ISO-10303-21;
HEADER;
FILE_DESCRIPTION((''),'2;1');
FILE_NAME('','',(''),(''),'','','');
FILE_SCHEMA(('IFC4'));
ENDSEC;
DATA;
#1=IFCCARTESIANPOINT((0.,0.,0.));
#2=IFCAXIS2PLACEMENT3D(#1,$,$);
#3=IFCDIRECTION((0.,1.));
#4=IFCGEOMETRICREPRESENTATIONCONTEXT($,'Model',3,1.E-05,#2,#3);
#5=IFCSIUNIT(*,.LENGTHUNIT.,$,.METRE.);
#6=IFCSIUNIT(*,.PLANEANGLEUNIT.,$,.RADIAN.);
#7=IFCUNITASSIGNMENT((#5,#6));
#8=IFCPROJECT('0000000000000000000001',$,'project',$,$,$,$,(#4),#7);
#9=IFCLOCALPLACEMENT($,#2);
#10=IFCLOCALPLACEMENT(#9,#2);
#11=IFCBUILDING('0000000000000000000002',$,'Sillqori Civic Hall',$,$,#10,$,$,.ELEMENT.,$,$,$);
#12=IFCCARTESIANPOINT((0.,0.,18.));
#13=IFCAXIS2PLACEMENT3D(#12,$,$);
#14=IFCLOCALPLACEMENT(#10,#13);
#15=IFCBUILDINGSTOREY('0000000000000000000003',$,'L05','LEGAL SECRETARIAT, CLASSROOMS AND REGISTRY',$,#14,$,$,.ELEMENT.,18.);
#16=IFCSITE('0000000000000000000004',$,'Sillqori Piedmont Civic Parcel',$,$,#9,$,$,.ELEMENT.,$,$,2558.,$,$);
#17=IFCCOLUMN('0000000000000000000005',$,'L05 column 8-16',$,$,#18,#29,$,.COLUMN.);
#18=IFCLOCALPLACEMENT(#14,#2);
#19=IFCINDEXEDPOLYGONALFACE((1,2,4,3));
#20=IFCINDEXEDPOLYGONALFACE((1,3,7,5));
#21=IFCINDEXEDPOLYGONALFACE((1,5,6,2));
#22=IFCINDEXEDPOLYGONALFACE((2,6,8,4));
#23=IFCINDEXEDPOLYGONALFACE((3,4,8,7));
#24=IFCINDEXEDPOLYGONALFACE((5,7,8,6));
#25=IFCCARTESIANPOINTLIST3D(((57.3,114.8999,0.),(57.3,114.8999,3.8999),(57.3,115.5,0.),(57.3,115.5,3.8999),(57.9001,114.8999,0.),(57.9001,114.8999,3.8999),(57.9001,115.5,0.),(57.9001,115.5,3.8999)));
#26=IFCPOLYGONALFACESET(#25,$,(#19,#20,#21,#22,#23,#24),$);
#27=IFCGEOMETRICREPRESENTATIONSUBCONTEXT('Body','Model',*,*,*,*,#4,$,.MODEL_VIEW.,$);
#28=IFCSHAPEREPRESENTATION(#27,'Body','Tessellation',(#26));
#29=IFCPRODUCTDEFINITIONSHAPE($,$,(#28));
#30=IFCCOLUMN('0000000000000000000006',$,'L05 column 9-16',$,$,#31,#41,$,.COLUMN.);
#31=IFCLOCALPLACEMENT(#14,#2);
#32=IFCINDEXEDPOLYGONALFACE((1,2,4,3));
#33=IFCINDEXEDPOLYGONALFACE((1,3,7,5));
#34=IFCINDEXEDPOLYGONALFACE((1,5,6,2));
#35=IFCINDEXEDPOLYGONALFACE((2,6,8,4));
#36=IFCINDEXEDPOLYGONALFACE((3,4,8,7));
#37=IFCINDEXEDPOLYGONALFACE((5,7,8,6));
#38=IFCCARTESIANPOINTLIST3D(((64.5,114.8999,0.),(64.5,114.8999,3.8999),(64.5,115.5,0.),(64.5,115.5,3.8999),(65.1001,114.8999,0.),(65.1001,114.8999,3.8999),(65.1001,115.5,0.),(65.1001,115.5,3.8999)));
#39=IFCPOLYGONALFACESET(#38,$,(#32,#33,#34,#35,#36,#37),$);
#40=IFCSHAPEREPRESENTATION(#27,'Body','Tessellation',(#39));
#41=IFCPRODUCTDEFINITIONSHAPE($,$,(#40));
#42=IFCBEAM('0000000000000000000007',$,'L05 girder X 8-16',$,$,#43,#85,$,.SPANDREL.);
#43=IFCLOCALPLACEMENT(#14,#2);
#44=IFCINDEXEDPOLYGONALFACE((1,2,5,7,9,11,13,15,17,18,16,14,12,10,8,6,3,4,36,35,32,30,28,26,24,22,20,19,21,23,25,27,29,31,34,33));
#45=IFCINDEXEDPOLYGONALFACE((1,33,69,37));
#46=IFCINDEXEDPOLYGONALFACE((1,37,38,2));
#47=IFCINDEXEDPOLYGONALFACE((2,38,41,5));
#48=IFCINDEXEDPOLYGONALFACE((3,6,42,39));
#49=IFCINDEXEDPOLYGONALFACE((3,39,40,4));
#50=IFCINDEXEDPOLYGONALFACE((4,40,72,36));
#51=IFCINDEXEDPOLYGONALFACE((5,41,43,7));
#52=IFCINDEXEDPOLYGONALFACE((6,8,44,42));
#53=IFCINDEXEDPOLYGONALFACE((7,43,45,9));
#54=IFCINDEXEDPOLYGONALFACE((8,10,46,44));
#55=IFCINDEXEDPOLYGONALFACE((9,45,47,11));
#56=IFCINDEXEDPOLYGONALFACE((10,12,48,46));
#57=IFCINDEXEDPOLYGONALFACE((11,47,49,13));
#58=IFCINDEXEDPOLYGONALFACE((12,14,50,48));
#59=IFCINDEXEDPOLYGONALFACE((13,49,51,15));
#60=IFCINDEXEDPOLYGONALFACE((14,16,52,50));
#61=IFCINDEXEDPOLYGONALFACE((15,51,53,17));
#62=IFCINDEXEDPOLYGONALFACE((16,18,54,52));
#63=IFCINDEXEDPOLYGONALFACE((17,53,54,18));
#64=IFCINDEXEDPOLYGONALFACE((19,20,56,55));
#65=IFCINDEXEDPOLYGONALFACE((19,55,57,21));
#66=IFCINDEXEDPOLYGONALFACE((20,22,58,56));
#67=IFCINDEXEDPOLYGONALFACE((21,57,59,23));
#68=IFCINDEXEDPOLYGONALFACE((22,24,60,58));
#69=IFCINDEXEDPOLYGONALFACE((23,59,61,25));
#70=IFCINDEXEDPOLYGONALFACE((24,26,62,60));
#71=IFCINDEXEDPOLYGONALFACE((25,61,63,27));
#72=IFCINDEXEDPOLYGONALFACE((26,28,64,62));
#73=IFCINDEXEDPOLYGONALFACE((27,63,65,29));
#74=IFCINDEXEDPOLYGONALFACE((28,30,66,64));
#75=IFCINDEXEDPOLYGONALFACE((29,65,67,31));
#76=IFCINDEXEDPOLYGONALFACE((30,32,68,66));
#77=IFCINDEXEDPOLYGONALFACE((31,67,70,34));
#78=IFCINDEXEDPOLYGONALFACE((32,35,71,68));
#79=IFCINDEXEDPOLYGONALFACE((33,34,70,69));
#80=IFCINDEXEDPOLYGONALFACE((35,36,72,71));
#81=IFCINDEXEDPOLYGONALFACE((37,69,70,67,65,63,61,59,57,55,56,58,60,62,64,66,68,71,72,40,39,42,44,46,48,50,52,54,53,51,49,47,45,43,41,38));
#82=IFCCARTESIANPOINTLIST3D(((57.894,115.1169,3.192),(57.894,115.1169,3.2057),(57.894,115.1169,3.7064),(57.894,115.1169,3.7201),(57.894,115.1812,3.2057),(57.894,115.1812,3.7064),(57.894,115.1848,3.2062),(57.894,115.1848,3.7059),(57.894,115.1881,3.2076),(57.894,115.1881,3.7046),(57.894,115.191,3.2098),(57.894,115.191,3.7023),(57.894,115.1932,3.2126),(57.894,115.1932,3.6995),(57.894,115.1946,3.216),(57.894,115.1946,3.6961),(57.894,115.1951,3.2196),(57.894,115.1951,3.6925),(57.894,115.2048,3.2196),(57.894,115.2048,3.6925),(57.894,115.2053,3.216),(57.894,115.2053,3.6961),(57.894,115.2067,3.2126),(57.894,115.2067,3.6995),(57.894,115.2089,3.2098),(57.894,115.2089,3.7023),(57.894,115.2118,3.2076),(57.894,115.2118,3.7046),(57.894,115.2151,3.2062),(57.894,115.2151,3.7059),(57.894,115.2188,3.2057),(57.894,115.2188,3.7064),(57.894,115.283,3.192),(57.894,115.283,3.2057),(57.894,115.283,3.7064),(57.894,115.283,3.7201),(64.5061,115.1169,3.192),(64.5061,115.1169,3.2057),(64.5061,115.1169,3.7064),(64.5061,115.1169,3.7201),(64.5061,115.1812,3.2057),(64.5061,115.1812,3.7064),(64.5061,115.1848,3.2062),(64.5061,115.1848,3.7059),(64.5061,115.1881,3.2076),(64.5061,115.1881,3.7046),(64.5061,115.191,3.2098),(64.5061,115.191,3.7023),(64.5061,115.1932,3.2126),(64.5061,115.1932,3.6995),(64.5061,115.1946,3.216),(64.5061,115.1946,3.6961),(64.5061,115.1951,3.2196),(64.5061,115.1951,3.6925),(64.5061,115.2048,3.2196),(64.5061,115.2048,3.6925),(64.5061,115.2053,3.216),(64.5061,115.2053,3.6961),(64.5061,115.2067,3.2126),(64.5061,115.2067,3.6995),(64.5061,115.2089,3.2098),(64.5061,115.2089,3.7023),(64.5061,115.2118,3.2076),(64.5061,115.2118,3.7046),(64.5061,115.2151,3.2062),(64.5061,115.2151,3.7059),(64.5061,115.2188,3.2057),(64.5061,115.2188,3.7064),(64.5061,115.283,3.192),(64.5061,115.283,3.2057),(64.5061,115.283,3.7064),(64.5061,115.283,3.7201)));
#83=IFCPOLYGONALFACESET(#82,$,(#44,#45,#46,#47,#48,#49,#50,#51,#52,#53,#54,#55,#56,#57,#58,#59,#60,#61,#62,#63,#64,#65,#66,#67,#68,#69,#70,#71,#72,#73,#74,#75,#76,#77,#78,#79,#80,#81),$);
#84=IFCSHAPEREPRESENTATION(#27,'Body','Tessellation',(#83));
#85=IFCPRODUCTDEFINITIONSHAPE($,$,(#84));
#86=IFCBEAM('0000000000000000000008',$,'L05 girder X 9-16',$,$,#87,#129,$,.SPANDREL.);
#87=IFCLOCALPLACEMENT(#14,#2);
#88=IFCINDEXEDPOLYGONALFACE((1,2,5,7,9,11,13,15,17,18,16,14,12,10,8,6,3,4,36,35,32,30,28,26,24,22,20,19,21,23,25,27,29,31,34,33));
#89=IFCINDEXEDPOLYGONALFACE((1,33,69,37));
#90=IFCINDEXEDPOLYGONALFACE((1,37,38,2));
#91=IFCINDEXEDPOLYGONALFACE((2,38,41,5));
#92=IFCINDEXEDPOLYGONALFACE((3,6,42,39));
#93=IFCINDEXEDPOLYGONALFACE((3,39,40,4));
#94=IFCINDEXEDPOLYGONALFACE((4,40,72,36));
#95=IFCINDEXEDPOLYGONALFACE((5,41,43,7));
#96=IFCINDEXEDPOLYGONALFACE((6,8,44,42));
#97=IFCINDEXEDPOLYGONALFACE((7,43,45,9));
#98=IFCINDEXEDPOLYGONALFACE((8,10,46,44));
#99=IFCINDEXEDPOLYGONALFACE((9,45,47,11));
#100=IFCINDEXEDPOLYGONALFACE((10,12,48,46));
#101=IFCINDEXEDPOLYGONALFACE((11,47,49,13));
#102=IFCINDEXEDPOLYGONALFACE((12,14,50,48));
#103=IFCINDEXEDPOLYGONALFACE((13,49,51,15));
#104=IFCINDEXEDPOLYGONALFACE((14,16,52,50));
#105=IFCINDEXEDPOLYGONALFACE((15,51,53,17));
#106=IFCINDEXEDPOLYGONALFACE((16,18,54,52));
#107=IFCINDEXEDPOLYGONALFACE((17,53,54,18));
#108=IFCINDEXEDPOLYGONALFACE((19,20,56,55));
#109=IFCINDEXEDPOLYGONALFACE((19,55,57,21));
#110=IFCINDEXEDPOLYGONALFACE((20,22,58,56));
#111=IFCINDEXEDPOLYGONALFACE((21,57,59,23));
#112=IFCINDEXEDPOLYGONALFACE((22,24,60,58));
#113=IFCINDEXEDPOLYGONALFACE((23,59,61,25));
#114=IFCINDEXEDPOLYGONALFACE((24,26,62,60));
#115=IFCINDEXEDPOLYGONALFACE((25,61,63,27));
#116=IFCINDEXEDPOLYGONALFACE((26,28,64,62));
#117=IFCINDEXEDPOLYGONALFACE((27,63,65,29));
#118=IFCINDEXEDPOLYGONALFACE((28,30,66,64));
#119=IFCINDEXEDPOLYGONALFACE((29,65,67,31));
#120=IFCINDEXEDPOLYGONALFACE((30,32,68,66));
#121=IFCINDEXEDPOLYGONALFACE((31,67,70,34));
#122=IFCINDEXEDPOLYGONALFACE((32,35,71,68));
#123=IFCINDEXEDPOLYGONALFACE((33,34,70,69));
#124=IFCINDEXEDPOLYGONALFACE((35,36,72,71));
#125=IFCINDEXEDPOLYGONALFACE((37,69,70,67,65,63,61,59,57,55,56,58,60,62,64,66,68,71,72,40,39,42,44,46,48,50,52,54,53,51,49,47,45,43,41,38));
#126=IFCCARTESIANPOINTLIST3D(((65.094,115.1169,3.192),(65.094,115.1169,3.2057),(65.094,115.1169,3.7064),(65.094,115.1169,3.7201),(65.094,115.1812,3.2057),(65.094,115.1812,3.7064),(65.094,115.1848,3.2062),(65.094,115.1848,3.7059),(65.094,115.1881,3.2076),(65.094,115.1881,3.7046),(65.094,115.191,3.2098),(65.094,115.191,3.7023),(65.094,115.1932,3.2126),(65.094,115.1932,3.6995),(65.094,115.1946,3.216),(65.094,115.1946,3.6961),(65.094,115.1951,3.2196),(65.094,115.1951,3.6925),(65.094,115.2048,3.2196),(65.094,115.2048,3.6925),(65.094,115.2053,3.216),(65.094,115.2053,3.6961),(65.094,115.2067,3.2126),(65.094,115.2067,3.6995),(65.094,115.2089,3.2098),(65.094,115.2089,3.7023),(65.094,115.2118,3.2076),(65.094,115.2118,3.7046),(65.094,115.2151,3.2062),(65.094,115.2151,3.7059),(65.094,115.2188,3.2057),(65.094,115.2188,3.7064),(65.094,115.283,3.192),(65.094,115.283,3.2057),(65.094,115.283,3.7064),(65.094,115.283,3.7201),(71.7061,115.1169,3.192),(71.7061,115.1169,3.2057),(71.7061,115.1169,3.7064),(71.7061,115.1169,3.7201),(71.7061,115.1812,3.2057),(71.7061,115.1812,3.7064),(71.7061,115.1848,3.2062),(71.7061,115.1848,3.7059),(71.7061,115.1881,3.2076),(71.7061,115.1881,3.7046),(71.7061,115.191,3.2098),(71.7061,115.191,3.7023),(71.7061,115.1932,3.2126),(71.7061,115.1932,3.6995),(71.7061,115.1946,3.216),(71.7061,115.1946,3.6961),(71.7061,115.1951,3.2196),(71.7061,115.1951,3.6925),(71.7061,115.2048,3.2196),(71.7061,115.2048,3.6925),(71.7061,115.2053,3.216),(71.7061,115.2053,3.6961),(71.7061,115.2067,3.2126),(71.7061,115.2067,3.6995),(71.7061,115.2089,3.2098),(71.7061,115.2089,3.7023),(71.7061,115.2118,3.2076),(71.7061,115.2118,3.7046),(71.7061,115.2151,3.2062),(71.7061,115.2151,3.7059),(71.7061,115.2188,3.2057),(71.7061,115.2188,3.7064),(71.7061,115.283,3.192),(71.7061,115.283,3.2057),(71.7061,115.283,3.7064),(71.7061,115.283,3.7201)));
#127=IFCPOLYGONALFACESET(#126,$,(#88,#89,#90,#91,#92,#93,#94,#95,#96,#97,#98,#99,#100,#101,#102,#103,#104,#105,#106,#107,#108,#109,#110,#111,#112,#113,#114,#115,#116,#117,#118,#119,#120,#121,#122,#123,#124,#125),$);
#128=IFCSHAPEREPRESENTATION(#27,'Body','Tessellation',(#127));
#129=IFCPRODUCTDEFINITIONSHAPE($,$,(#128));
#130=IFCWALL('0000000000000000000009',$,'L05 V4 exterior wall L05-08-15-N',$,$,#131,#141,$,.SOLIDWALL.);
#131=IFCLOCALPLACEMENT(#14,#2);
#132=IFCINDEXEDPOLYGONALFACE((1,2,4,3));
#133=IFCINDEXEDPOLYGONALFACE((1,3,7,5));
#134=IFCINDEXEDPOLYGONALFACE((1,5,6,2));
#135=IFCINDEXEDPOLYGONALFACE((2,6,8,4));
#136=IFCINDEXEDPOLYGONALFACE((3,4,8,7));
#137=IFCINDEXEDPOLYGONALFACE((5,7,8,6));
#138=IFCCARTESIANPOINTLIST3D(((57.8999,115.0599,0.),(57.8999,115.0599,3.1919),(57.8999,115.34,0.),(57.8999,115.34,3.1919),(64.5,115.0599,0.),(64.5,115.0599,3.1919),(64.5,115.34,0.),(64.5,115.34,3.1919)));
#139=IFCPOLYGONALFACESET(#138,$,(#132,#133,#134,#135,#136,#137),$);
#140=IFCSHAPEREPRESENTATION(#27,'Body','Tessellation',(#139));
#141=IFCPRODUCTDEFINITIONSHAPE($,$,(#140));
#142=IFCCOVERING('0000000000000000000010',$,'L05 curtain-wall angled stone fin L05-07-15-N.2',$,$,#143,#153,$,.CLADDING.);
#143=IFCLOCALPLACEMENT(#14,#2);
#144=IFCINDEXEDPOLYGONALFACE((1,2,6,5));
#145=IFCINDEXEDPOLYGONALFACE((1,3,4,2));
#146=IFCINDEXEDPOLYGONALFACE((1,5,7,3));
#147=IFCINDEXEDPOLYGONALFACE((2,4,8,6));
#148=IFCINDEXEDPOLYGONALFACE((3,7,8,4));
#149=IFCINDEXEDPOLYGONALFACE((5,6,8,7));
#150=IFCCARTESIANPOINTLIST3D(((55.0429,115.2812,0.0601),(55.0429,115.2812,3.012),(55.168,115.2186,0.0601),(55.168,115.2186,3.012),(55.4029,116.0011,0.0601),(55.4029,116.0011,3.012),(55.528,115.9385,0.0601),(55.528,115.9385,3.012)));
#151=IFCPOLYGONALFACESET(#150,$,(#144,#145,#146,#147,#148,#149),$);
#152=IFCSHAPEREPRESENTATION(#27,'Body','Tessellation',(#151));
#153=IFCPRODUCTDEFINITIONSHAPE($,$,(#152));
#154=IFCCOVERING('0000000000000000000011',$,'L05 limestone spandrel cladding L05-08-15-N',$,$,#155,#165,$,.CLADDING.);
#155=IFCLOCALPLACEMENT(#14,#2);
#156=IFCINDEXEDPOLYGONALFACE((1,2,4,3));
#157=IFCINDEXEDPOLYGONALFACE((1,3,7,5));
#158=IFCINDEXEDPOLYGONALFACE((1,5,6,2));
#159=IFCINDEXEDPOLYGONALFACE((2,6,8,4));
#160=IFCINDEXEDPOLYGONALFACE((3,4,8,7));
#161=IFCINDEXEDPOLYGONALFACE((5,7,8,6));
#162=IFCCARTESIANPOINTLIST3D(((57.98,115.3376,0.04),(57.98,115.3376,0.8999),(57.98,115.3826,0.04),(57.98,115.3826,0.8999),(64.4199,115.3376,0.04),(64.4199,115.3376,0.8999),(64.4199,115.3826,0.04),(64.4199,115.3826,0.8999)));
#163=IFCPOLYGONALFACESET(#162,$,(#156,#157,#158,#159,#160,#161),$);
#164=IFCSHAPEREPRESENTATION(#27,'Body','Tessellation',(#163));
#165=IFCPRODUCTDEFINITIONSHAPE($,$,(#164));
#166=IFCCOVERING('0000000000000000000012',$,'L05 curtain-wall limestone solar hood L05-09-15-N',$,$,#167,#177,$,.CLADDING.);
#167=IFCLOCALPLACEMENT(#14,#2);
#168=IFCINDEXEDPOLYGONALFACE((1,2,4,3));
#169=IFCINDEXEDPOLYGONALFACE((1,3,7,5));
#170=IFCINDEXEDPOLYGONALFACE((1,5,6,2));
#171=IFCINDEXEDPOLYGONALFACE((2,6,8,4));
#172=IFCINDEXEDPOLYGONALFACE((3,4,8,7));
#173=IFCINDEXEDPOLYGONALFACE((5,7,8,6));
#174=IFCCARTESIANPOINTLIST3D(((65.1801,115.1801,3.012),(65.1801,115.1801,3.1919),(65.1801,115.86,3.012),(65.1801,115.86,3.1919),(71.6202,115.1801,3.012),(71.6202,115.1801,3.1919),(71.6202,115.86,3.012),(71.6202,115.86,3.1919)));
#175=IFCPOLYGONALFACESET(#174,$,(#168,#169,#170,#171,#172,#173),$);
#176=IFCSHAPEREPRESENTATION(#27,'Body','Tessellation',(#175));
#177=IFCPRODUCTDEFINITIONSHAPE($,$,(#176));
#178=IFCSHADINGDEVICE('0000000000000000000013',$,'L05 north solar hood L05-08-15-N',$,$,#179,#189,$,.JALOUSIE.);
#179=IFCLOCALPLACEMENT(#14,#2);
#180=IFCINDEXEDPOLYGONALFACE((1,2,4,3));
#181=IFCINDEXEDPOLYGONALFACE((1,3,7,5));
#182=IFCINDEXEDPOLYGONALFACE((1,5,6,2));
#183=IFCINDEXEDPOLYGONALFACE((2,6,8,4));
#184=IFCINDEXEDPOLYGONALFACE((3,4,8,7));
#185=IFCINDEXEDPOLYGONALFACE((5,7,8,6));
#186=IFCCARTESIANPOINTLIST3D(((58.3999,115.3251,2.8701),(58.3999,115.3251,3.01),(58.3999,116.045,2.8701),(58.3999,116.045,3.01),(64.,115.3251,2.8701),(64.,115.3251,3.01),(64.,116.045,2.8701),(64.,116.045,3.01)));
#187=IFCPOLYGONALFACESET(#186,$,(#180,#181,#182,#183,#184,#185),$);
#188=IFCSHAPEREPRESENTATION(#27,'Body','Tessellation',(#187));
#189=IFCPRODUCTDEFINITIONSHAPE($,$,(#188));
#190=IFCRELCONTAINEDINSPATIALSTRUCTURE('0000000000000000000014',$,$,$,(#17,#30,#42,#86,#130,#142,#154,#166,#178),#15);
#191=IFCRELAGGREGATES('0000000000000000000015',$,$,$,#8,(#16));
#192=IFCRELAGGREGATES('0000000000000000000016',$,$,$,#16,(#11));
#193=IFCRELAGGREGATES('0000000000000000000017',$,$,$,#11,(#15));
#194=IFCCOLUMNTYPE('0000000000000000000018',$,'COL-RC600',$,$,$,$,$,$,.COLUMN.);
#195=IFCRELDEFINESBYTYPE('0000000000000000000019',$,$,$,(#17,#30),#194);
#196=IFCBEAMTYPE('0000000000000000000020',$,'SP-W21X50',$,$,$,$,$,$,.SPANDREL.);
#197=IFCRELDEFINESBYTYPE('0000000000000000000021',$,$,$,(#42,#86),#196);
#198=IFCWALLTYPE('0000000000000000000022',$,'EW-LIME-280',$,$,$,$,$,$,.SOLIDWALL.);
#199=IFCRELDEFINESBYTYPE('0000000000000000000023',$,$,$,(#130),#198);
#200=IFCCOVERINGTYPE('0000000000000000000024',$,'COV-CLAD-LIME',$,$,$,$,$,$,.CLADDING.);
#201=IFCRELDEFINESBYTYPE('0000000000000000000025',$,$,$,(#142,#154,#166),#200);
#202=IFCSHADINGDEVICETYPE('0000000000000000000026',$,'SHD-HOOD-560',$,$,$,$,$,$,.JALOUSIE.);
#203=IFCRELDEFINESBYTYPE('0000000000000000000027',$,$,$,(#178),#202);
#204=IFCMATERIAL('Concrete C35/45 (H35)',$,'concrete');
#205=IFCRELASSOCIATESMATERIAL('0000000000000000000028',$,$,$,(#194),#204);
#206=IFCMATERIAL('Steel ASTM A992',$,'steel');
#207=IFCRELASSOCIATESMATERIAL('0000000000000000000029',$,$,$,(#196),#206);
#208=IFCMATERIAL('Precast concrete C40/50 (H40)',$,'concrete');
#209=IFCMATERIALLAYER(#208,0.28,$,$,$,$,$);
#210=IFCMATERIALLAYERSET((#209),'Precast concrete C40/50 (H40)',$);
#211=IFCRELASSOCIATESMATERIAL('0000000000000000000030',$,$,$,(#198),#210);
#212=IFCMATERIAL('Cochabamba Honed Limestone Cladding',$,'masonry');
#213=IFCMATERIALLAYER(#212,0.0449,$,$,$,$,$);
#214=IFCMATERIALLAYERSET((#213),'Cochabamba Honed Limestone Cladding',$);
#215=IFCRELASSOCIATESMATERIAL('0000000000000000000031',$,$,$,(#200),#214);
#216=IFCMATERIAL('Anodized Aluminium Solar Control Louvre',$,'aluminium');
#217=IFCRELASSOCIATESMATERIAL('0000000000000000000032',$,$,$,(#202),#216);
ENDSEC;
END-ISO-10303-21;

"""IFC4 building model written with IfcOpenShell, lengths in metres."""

from ifc_helpers import new_model, si_unit, direction, frame, frame_2d, origin, origin_2d, place, context, subcontext, project, spatial, rectangle, i_section, extrude, material, layer, layer_set, material_profile, profile_set, type_object, element, save


model = new_model("IFC4")

# Units and contexts
model_context = context("Model", 3, precision=1e-05, world=origin(), true_north=direction((0.0, 1.0)))
body_context = subcontext(model_context, "Body", "Model", "MODEL_VIEW")
ifc_project = project(units=[si_unit("LENGTHUNIT", "METRE"), si_unit("PLANEANGLEUNIT", "RADIAN")], contexts=[model_context])

# Site, building, storey
site_placement = place(None, origin())
site = spatial("IfcSite", under=ifc_project, at=site_placement, Name="Sillqori Piedmont Civic Parcel", CompositionType="ELEMENT", RefElevation=2558.0)
building_placement = place(site_placement, origin())
building = spatial("IfcBuilding", under=site, at=building_placement, Name="Sillqori Civic Hall", CompositionType="ELEMENT")
storey_placement = place(building_placement, frame((0.0, 0.0, 18.0)))
storey = spatial("IfcBuildingStorey", under=building, at=storey_placement, Name="L05", Description="LEGAL SECRETARIAT, CLASSROOMS AND REGISTRY", CompositionType="ELEMENT", Elevation=18.0)

# Columns
ifc_material_1 = material(Name="Concrete C35/45 (H35)", Category="concrete")
ifc_material_profile_1 = material_profile(ifc_material_1, rectangle(XDim=0.6001, YDim=0.6001, at=origin_2d()), Name="RC 600x600")
ifc_profile_set_1 = profile_set([ifc_material_profile_1], Name="Concrete C35/45 (H35)")
column_type = type_object("IfcColumnType", Name="COL-RC600", PredefinedType="COLUMN", material=ifc_profile_set_1)
for number, where, z_axis, x_axis, name in (
    (1, (57.6001, 115.2, 0.0), (0.0, 0.0, 1.0), (1.0, 0.0, 0.0), "L05 column 8-16"),
    (2, (64.8, 115.2, 0.0), (0.0, 0.0, 1.0), (1.0, 0.0, 0.0), "L05 column 9-16"),
):
    element("IfcColumn", number, at=place(storey_placement, frame(where, z_axis=z_axis, x_axis=x_axis)), inside=storey, type_object=column_type, Name=name, PredefinedType="COLUMN", context=body_context, shape_type="SweptSolid", body=[
        extrude(rectangle(XDim=0.6001, YDim=0.6001, at=origin_2d()), origin(), (0.0, 0.0, 1.0), 3.8999),
    ])

# Beams
ifc_material_2 = material(Name="Steel ASTM A992", Category="steel")
ifc_material_profile_2 = material_profile(ifc_material_2, i_section(OverallWidth=0.166, OverallDepth=0.5281, WebThickness=0.0098, FlangeThickness=0.0137, FilletRadius=0.0139, at=origin_2d()), Name="W21X50")
ifc_profile_set_2 = profile_set([ifc_material_profile_2], Name="Steel ASTM A992")
beam_type = type_object("IfcBeamType", Name="SP-W21X50", PredefinedType="SPANDREL", material=ifc_profile_set_2)
for number, where, z_axis, x_axis, name in (
    (3, (57.894, 115.2, 3.4561), (1.0, 0.0, 0.0), (0.0, 1.0, 0.0), "L05 girder X 8-16"),
    (4, (65.094, 115.2, 3.4561), (1.0, 0.0, 0.0), (0.0, 1.0, 0.0), "L05 girder X 9-16"),
):
    element("IfcBeam", number, at=place(storey_placement, frame(where, z_axis=z_axis, x_axis=x_axis)), inside=storey, type_object=beam_type, Name=name, PredefinedType="SPANDREL", context=body_context, shape_type="SweptSolid", body=[
        extrude(i_section(OverallWidth=0.166, OverallDepth=0.5281, WebThickness=0.0098, FlangeThickness=0.0137, FilletRadius=0.0139, at=origin_2d()), origin(), (0.0, 0.0, 1.0), 6.6121),
    ])

# Wall
ifc_material_3 = material(Name="Precast concrete C40/50 (H40)", Category="concrete")
ifc_layer_1 = layer(ifc_material_3, 0.28)
ifc_layer_set_1 = layer_set([ifc_layer_1], Name="Precast concrete C40/50 (H40)")
wall_type = type_object("IfcWallType", Name="EW-LIME-280", PredefinedType="SOLIDWALL", material=ifc_layer_set_1)
wall_placement = place(storey_placement, frame((57.8999, 115.2, 0.0), z_axis=(0.0, 0.0, 1.0), x_axis=(1.0, 0.0, 0.0)))
element("IfcWall", 5, at=wall_placement, inside=storey, type_object=wall_type, Name="L05 V4 exterior wall L05-08-15-N", PredefinedType="SOLIDWALL", context=body_context, shape_type="SweptSolid", body=[
    extrude(rectangle(XDim=6.6001, YDim=0.28, at=frame_2d((3.3, 0.0))), origin(), (0.0, 0.0, 1.0), 3.1919),
])

# Coverings
ifc_material_4 = material(Name="Cochabamba Honed Limestone Cladding", Category="masonry")
ifc_layer_2 = layer(ifc_material_4, 0.0449)
ifc_layer_set_2 = layer_set([ifc_layer_2], Name="Cochabamba Honed Limestone Cladding")
covering_type = type_object("IfcCoveringType", Name="COV-CLAD-LIME", PredefinedType="CLADDING", material=ifc_layer_set_2)
covering_1_placement = place(storey_placement, frame((55.1055, 115.25, 0.0601), z_axis=(0.0, 0.0, 1.0), x_axis=(0.447335, 0.894367, 0.0)))
element("IfcCovering", 6, at=covering_1_placement, inside=storey, type_object=covering_type, Name="L05 curtain-wall angled stone fin L05-07-15-N.2", PredefinedType="CLADDING", context=body_context, shape_type="SweptSolid", body=[
    extrude(rectangle(XDim=0.8049, YDim=0.1399, at=frame_2d((0.4023, 0.0))), origin(), (0.0, 0.0, 1.0), 2.9519),
])
covering_2_placement = place(storey_placement, frame((57.98, 115.3601, 0.04), z_axis=(0.0, 0.0, 1.0), x_axis=(1.0, 0.0, 0.0)))
element("IfcCovering", 7, at=covering_2_placement, inside=storey, type_object=covering_type, Name="L05 limestone spandrel cladding L05-08-15-N", PredefinedType="CLADDING", context=body_context, shape_type="SweptSolid", body=[
    extrude(rectangle(XDim=6.4399, YDim=0.0449, at=frame_2d((3.22, 0.0))), origin(), (0.0, 0.0, 1.0), 0.8599),
])
covering_3_placement = place(storey_placement, frame((65.1799, 115.52, 3.012), z_axis=(0.0, 0.0, 1.0), x_axis=(1.0, 0.0, 0.0)))
element("IfcCovering", 8, at=covering_3_placement, inside=storey, type_object=covering_type, Name="L05 curtain-wall limestone solar hood L05-09-15-N", PredefinedType="CLADDING", context=body_context, shape_type="SweptSolid", body=[
    extrude(rectangle(XDim=6.4402, YDim=0.6799, at=frame_2d((3.2202, 0.0))), origin(), (0.0, 0.0, 1.0), 0.1799),
])

# Shading device
ifc_material_5 = material(Name="Anodized Aluminium Solar Control Louvre", Category="aluminium")
shading_device_type = type_object("IfcShadingDeviceType", Name="SHD-HOOD-560", PredefinedType="JALOUSIE", material=ifc_material_5)
shading_device_placement = place(storey_placement, frame((61.2, 115.6851, 2.8701), z_axis=(0.0, 0.0, 1.0), x_axis=(1.0, 0.0, 0.0)))
element("IfcShadingDevice", 9, at=shading_device_placement, inside=storey, type_object=shading_device_type, Name="L05 north solar hood L05-08-15-N", PredefinedType="JALOUSIE", context=body_context, shape_type="SweptSolid", body=[
    extrude(rectangle(XDim=5.6001, YDim=0.72, at=origin_2d()), origin(), (0.0, 0.0, 1.0), 0.1399),
])

save(model, "model.ifc")
